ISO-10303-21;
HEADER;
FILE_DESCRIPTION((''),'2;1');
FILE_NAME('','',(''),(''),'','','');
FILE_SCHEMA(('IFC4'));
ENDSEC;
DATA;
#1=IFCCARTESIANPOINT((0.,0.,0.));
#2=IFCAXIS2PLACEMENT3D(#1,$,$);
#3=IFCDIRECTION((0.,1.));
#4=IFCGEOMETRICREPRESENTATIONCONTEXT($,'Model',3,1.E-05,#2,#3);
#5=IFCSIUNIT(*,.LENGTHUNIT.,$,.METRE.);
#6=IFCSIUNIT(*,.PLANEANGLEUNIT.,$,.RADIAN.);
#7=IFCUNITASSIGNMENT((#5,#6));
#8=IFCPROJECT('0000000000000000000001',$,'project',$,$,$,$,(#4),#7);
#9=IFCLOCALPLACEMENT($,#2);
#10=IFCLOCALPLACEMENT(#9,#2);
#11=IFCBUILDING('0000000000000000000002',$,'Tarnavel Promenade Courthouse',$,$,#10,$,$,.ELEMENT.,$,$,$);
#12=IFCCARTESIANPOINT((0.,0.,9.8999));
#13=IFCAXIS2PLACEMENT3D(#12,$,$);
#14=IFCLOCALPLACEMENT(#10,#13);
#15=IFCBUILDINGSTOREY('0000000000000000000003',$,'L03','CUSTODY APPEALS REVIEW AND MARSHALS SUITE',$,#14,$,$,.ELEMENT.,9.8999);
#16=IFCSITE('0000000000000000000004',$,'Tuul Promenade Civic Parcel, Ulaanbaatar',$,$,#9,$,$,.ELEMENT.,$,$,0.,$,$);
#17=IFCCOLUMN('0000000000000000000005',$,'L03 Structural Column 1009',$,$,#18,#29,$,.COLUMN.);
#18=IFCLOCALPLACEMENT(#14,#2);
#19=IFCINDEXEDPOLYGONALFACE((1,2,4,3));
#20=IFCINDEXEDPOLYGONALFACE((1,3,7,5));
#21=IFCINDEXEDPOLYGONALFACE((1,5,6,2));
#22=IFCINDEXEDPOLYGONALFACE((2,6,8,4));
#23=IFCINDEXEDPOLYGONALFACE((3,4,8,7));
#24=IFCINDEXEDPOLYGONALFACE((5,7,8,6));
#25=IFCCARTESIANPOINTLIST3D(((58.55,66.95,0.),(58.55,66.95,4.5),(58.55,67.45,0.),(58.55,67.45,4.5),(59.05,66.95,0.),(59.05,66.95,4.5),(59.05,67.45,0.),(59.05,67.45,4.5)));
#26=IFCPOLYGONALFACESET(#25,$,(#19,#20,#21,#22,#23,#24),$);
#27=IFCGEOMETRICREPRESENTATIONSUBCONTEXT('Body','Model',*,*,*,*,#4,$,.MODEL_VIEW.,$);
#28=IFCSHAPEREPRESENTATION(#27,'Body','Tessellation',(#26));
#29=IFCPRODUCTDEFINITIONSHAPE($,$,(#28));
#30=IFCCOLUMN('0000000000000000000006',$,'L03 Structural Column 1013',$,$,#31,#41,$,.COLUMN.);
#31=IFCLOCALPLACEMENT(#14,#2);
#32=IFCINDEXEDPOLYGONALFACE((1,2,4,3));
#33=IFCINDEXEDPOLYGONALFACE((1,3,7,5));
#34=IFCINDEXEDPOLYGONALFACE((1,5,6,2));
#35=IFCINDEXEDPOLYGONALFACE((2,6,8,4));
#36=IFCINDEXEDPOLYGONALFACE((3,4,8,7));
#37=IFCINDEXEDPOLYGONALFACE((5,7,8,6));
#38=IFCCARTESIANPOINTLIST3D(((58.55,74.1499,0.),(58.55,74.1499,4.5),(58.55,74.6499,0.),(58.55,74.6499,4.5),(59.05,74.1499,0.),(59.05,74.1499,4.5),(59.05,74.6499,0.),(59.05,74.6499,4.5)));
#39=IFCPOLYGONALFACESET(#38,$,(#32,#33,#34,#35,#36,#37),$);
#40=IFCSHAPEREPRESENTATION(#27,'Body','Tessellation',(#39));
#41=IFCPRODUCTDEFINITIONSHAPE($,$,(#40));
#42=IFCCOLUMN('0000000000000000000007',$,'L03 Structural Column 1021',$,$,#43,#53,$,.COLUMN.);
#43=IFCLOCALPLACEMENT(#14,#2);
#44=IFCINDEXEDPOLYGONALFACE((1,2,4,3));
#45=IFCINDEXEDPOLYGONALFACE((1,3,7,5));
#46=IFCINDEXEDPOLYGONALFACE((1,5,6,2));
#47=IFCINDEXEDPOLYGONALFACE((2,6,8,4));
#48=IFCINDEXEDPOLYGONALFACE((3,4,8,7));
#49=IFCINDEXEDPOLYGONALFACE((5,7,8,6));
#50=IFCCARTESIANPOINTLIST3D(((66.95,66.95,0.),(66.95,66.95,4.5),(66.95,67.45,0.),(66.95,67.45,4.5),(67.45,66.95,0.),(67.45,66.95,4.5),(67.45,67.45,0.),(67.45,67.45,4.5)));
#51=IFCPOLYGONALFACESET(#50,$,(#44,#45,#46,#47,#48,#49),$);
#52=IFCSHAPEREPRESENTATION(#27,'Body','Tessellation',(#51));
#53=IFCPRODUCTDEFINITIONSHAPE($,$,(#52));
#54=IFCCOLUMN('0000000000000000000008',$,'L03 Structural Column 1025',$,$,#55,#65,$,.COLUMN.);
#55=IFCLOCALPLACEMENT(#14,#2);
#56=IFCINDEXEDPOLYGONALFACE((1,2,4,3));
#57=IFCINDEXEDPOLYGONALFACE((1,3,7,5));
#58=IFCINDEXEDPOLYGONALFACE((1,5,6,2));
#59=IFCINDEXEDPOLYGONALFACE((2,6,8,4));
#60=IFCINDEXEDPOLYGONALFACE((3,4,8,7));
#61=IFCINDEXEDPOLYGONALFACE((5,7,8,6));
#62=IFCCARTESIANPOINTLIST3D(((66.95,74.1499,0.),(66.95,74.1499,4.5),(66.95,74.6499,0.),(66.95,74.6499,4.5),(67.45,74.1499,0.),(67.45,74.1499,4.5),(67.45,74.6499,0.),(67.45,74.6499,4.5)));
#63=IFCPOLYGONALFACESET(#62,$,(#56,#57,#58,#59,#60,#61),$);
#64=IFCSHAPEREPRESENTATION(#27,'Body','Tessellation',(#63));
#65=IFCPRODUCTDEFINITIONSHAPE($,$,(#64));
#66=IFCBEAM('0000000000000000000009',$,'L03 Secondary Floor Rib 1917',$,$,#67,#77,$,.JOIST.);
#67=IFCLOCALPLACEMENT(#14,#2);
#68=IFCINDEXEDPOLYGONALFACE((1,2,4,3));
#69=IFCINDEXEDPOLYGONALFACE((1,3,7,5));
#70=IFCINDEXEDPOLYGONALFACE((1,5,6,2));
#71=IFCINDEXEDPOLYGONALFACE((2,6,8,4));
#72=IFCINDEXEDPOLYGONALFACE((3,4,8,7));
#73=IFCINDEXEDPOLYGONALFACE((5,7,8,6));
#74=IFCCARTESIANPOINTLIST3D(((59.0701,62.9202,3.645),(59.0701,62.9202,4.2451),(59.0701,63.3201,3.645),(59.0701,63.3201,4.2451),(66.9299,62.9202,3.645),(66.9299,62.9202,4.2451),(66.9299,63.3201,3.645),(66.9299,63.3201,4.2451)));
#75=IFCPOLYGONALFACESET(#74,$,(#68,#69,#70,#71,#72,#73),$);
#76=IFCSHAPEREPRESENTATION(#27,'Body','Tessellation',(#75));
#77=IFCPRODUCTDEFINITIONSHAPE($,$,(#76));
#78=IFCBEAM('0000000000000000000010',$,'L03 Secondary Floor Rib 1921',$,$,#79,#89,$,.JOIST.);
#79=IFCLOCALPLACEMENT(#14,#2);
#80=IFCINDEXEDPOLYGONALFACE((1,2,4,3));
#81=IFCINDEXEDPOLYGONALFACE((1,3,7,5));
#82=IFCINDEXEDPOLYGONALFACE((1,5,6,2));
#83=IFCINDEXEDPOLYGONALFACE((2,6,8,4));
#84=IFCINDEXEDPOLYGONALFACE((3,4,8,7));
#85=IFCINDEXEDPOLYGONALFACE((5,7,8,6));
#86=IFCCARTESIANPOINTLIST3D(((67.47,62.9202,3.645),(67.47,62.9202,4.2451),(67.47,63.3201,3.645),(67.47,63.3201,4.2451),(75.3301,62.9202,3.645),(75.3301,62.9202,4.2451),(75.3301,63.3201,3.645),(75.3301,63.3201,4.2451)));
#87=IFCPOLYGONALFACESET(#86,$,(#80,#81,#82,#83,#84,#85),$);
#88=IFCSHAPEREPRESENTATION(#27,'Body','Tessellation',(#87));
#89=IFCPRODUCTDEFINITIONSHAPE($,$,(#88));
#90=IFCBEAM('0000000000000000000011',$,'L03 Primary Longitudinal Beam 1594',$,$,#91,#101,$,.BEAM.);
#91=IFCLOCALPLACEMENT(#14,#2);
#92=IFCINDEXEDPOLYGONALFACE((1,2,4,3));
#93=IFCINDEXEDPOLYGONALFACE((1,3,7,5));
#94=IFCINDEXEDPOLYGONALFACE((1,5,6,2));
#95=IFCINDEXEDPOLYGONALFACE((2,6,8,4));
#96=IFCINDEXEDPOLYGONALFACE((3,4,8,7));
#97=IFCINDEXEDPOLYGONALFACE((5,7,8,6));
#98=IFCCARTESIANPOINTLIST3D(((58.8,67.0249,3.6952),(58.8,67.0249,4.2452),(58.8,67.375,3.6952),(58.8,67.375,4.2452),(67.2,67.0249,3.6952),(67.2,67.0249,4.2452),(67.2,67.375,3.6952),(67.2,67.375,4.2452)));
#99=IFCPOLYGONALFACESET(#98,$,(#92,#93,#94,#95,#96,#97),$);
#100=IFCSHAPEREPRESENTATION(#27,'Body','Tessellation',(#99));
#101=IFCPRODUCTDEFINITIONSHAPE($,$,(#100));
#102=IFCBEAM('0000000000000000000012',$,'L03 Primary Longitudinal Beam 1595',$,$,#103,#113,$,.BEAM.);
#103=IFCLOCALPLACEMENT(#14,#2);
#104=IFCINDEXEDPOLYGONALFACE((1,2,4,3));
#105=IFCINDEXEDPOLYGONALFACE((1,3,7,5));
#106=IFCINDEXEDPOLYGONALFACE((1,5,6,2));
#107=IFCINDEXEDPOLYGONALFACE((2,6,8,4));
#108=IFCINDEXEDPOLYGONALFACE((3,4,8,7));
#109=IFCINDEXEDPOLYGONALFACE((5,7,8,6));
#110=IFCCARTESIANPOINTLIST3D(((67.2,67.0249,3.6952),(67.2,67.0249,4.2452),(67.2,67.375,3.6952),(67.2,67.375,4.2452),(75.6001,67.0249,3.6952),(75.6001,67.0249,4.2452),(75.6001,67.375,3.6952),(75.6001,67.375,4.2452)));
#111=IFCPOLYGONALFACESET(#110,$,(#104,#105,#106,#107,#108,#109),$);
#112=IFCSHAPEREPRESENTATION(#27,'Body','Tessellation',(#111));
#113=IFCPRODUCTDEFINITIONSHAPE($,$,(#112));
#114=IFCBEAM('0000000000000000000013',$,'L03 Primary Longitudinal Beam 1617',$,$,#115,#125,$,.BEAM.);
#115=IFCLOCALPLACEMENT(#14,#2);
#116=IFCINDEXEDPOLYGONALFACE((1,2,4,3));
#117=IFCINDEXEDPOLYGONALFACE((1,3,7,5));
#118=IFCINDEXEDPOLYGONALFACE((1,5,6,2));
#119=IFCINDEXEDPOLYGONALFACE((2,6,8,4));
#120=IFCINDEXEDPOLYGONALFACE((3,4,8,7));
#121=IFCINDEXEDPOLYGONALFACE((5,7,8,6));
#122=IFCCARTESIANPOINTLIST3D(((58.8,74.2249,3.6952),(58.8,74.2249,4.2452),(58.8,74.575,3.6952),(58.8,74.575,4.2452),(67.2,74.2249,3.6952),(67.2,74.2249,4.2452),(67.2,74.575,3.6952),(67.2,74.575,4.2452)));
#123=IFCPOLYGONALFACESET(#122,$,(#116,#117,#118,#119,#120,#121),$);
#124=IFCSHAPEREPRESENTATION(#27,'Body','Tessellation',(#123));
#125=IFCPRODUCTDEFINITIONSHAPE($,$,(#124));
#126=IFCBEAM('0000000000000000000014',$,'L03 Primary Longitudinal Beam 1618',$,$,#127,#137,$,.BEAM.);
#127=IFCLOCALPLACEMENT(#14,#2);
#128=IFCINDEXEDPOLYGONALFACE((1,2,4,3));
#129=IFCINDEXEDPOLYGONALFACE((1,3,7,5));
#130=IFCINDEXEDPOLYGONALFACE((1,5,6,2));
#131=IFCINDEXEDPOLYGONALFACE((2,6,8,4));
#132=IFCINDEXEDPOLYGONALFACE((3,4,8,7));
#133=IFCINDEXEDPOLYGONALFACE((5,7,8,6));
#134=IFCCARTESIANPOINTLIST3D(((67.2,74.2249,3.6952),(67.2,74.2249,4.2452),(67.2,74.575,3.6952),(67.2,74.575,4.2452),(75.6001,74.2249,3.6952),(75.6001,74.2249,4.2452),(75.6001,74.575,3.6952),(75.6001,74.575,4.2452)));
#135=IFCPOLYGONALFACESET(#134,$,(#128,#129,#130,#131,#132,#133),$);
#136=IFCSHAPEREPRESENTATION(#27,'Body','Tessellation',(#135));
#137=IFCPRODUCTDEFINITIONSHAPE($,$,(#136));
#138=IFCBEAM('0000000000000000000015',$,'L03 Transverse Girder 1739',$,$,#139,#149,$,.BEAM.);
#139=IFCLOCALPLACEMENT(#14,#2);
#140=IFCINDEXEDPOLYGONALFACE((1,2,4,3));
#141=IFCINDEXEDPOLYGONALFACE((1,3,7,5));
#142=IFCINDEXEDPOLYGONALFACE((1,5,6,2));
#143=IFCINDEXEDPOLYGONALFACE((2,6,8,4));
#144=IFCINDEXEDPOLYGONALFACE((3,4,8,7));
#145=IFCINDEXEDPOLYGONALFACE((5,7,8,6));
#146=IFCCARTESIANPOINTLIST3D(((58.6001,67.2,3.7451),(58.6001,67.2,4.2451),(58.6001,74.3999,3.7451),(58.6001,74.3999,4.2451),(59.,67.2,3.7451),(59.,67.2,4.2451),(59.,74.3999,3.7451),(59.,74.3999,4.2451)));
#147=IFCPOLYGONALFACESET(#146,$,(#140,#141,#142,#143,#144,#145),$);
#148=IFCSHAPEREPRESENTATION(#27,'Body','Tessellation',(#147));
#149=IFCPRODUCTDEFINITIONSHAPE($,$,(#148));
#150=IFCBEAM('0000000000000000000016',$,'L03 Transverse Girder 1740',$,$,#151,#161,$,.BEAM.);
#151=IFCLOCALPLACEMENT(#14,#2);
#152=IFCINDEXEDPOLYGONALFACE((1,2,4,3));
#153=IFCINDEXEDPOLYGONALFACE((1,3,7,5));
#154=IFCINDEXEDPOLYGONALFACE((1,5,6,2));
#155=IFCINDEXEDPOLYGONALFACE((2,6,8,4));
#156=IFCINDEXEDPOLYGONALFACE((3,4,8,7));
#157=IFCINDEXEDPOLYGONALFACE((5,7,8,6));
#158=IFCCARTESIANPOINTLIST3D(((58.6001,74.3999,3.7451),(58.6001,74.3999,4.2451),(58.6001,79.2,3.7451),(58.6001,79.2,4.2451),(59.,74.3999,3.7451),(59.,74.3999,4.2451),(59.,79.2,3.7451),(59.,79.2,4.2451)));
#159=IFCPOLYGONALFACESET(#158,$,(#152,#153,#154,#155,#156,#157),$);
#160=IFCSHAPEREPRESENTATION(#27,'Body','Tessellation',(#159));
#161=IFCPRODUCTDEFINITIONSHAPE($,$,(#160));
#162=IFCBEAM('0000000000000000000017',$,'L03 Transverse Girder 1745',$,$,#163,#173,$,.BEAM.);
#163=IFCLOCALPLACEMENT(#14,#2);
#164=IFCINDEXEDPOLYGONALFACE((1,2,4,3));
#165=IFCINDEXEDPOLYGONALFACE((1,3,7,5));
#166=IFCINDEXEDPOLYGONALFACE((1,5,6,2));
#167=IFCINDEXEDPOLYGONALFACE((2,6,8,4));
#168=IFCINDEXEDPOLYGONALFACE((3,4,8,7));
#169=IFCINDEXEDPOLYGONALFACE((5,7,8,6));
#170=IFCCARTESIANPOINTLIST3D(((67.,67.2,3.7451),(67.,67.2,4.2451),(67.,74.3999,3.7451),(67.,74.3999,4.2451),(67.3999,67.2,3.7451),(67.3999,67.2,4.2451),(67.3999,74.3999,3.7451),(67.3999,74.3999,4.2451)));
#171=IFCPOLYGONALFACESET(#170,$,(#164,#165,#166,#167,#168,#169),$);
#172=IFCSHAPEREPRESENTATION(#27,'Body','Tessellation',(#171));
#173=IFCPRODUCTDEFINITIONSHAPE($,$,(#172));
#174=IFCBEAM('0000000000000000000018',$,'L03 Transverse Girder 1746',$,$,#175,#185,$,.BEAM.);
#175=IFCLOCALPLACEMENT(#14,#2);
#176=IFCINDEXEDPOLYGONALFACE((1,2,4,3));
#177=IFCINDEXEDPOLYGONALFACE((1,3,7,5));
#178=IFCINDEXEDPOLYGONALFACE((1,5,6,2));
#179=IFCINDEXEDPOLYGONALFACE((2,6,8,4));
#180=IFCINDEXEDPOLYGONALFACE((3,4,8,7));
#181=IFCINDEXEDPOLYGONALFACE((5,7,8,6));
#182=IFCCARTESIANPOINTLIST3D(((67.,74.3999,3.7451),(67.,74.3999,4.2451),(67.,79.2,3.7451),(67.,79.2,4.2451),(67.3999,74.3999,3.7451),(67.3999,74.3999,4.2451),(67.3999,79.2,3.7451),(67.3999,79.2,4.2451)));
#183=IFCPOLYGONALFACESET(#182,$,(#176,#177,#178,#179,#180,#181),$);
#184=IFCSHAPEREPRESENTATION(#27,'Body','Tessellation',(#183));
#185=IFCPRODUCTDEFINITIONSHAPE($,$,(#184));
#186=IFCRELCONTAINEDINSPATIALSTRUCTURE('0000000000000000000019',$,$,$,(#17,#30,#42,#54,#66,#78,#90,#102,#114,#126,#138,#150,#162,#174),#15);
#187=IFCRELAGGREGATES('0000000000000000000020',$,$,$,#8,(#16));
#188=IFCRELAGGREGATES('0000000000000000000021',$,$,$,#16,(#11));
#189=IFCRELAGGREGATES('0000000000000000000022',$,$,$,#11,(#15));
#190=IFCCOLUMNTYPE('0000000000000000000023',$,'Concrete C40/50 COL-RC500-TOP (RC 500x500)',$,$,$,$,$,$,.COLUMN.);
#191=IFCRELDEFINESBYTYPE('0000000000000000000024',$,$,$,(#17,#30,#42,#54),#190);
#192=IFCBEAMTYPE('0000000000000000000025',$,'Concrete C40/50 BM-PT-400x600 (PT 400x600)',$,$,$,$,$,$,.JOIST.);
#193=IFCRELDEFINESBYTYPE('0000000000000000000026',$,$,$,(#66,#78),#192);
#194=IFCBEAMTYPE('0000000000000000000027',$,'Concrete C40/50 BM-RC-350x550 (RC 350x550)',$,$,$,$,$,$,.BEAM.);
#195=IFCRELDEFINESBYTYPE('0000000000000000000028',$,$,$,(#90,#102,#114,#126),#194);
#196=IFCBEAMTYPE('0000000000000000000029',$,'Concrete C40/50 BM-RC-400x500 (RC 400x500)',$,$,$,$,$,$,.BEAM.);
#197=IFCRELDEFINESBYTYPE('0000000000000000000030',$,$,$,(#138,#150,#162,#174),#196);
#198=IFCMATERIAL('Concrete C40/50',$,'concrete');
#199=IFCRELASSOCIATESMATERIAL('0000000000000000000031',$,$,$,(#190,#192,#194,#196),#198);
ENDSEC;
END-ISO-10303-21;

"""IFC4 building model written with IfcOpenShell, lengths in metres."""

from ifc_helpers import new_model, si_unit, direction, frame, origin, origin_2d, place, context, subcontext, project, spatial, rectangle, extrude, material, material_profile, profile_set, type_object, element, save


model = new_model("IFC4")

# Units and contexts
model_context = context("Model", 3, precision=1e-05, world=origin(), true_north=direction((0.0, 1.0)))
body_context = subcontext(model_context, "Body", "Model", "MODEL_VIEW")
ifc_project = project(units=[si_unit("LENGTHUNIT", "METRE"), si_unit("PLANEANGLEUNIT", "RADIAN")], contexts=[model_context])

# Site, building, storey
site_placement = place(None, origin())
site = spatial("IfcSite", under=ifc_project, at=site_placement, Name="Tuul Promenade Civic Parcel, Ulaanbaatar", CompositionType="ELEMENT", RefElevation=0.0)
building_placement = place(site_placement, origin())
building = spatial("IfcBuilding", under=site, at=building_placement, Name="Tarnavel Promenade Courthouse", CompositionType="ELEMENT")
storey_placement = place(building_placement, frame((0.0, 0.0, 9.8999)))
storey = spatial("IfcBuildingStorey", under=building, at=storey_placement, Name="L03", Description="CUSTODY APPEALS REVIEW AND MARSHALS SUITE", CompositionType="ELEMENT", Elevation=9.8999)

# Columns
ifc_material_1 = material(Name="Concrete C40/50", Category="concrete")
ifc_material_profile_1 = material_profile(ifc_material_1, rectangle(XDim=0.5, YDim=0.5, at=origin_2d()), Name="RC 500x500")
ifc_profile_set_1 = profile_set([ifc_material_profile_1], Name="Concrete C40/50")
column_type = type_object("IfcColumnType", Name="Concrete C40/50 COL-RC500-TOP (RC 500x500)", PredefinedType="COLUMN", material=ifc_profile_set_1)
for number, where, z_axis, x_axis, name in (
    (1, (58.8, 67.2, 0.0), (0.0, 0.0, 1.0), (1.0, 0.0, 0.0), "L03 Structural Column 1009"),
    (2, (58.8, 74.3999, 0.0), (0.0, 0.0, 1.0), (1.0, 0.0, 0.0), "L03 Structural Column 1013"),
    (3, (67.2, 67.2, 0.0), (0.0, 0.0, 1.0), (1.0, 0.0, 0.0), "L03 Structural Column 1021"),
    (4, (67.2, 74.3999, 0.0), (0.0, 0.0, 1.0), (1.0, 0.0, 0.0), "L03 Structural Column 1025"),
):
    element("IfcColumn", number, at=place(storey_placement, frame(where, z_axis=z_axis, x_axis=x_axis)), inside=storey, type_object=column_type, Name=name, PredefinedType="COLUMN", context=body_context, shape_type="SweptSolid", body=[
        extrude(rectangle(XDim=0.5, YDim=0.5, at=origin_2d()), origin(), (0.0, 0.0, 1.0), 4.5),
    ])

# Beams
ifc_material_profile_2 = material_profile(ifc_material_1, rectangle(XDim=0.3999, YDim=0.6001, at=origin_2d()), Name="PT 400x600")
ifc_profile_set_2 = profile_set([ifc_material_profile_2], Name="Concrete C40/50")
beam_type_1 = type_object("IfcBeamType", Name="Concrete C40/50 BM-PT-400x600 (PT 400x600)", PredefinedType="JOIST", material=ifc_profile_set_2)
beam_1_placement = place(storey_placement, frame((59.0701, 63.1201, 3.9451), z_axis=(1.0, 0.0, 0.0), x_axis=(0.0, 1.0, 0.0)))
element("IfcBeam", 5, at=beam_1_placement, inside=storey, type_object=beam_type_1, Name="L03 Secondary Floor Rib 1917", PredefinedType="JOIST", context=body_context, shape_type="SweptSolid", body=[
    extrude(rectangle(XDim=0.3999, YDim=0.6001, at=origin_2d()), origin(), (0.0, 0.0, 1.0), 7.8599),
])
beam_2_placement = place(storey_placement, frame((67.47, 63.1201, 3.9451), z_axis=(1.0, 0.0, 0.0), x_axis=(0.0, 1.0, 0.0)))
element("IfcBeam", 6, at=beam_2_placement, inside=storey, type_object=beam_type_1, Name="L03 Secondary Floor Rib 1921", PredefinedType="JOIST", context=body_context, shape_type="SweptSolid", body=[
    extrude(rectangle(XDim=0.3999, YDim=0.6001, at=origin_2d()), origin(), (0.0, 0.0, 1.0), 7.8601),
])
ifc_material_profile_3 = material_profile(ifc_material_1, rectangle(XDim=0.3501, YDim=0.55, at=origin_2d()), Name="RC 350x550")
ifc_profile_set_3 = profile_set([ifc_material_profile_3], Name="Concrete C40/50")
beam_type_2 = type_object("IfcBeamType", Name="Concrete C40/50 BM-RC-350x550 (RC 350x550)", PredefinedType="BEAM", material=ifc_profile_set_3)
beam_3_placement = place(storey_placement, frame((58.8, 67.2, 3.9702), z_axis=(1.0, 0.0, 0.0), x_axis=(0.0, 1.0, 0.0)))
element("IfcBeam", 7, at=beam_3_placement, inside=storey, type_object=beam_type_2, Name="L03 Primary Longitudinal Beam 1594", PredefinedType="BEAM", context=body_context, shape_type="SweptSolid", body=[
    extrude(rectangle(XDim=0.3501, YDim=0.55, at=origin_2d()), origin(), (0.0, 0.0, 1.0), 8.3999),
])
beam_4_placement = place(storey_placement, frame((67.2, 67.2, 3.9702), z_axis=(1.0, 0.0, 0.0), x_axis=(0.0, 1.0, 0.0)))
element("IfcBeam", 8, at=beam_4_placement, inside=storey, type_object=beam_type_2, Name="L03 Primary Longitudinal Beam 1595", PredefinedType="BEAM", context=body_context, shape_type="SweptSolid", body=[
    extrude(rectangle(XDim=0.3501, YDim=0.55, at=origin_2d()), origin(), (0.0, 0.0, 1.0), 8.4001),
])
beam_5_placement = place(storey_placement, frame((58.8, 74.3999, 3.9702), z_axis=(1.0, 0.0, 0.0), x_axis=(0.0, 1.0, 0.0)))
element("IfcBeam", 9, at=beam_5_placement, inside=storey, type_object=beam_type_2, Name="L03 Primary Longitudinal Beam 1617", PredefinedType="BEAM", context=body_context, shape_type="SweptSolid", body=[
    extrude(rectangle(XDim=0.3501, YDim=0.55, at=origin_2d()), origin(), (0.0, 0.0, 1.0), 8.3999),
])
beam_6_placement = place(storey_placement, frame((67.2, 74.3999, 3.9702), z_axis=(1.0, 0.0, 0.0), x_axis=(0.0, 1.0, 0.0)))
element("IfcBeam", 10, at=beam_6_placement, inside=storey, type_object=beam_type_2, Name="L03 Primary Longitudinal Beam 1618", PredefinedType="BEAM", context=body_context, shape_type="SweptSolid", body=[
    extrude(rectangle(XDim=0.3501, YDim=0.55, at=origin_2d()), origin(), (0.0, 0.0, 1.0), 8.4001),
])
ifc_material_profile_4 = material_profile(ifc_material_1, rectangle(XDim=0.3999, YDim=0.5, at=origin_2d()), Name="RC 400x500")
ifc_profile_set_4 = profile_set([ifc_material_profile_4], Name="Concrete C40/50")
beam_type_3 = type_object("IfcBeamType", Name="Concrete C40/50 BM-RC-400x500 (RC 400x500)", PredefinedType="BEAM", material=ifc_profile_set_4)
beam_7_placement = place(storey_placement, frame((58.8, 67.2, 3.9951), z_axis=(0.0, 1.0, 0.0), x_axis=(-1.0, 0.0, 0.0)))
element("IfcBeam", 11, at=beam_7_placement, inside=storey, type_object=beam_type_3, Name="L03 Transverse Girder 1739", PredefinedType="BEAM", context=body_context, shape_type="SweptSolid", body=[
    extrude(rectangle(XDim=0.3999, YDim=0.5, at=origin_2d()), origin(), (0.0, 0.0, 1.0), 7.2),
])
beam_8_placement = place(storey_placement, frame((58.8, 74.3999, 3.9951), z_axis=(0.0, 1.0, 0.0), x_axis=(-1.0, 0.0, 0.0)))
element("IfcBeam", 12, at=beam_8_placement, inside=storey, type_object=beam_type_3, Name="L03 Transverse Girder 1740", PredefinedType="BEAM", context=body_context, shape_type="SweptSolid", body=[
    extrude(rectangle(XDim=0.3999, YDim=0.5, at=origin_2d()), origin(), (0.0, 0.0, 1.0), 4.8),
])
beam_9_placement = place(storey_placement, frame((67.2, 67.2, 3.9951), z_axis=(0.0, 1.0, 0.0), x_axis=(-1.0, 0.0, 0.0)))
element("IfcBeam", 13, at=beam_9_placement, inside=storey, type_object=beam_type_3, Name="L03 Transverse Girder 1745", PredefinedType="BEAM", context=body_context, shape_type="SweptSolid", body=[
    extrude(rectangle(XDim=0.3999, YDim=0.5, at=origin_2d()), origin(), (0.0, 0.0, 1.0), 7.2),
])
beam_10_placement = place(storey_placement, frame((67.2, 74.3999, 3.9951), z_axis=(0.0, 1.0, 0.0), x_axis=(-1.0, 0.0, 0.0)))
element("IfcBeam", 14, at=beam_10_placement, inside=storey, type_object=beam_type_3, Name="L03 Transverse Girder 1746", PredefinedType="BEAM", context=body_context, shape_type="SweptSolid", body=[
    extrude(rectangle(XDim=0.3999, YDim=0.5, at=origin_2d()), origin(), (0.0, 0.0, 1.0), 4.8),
])

save(model, "model.ifc")
